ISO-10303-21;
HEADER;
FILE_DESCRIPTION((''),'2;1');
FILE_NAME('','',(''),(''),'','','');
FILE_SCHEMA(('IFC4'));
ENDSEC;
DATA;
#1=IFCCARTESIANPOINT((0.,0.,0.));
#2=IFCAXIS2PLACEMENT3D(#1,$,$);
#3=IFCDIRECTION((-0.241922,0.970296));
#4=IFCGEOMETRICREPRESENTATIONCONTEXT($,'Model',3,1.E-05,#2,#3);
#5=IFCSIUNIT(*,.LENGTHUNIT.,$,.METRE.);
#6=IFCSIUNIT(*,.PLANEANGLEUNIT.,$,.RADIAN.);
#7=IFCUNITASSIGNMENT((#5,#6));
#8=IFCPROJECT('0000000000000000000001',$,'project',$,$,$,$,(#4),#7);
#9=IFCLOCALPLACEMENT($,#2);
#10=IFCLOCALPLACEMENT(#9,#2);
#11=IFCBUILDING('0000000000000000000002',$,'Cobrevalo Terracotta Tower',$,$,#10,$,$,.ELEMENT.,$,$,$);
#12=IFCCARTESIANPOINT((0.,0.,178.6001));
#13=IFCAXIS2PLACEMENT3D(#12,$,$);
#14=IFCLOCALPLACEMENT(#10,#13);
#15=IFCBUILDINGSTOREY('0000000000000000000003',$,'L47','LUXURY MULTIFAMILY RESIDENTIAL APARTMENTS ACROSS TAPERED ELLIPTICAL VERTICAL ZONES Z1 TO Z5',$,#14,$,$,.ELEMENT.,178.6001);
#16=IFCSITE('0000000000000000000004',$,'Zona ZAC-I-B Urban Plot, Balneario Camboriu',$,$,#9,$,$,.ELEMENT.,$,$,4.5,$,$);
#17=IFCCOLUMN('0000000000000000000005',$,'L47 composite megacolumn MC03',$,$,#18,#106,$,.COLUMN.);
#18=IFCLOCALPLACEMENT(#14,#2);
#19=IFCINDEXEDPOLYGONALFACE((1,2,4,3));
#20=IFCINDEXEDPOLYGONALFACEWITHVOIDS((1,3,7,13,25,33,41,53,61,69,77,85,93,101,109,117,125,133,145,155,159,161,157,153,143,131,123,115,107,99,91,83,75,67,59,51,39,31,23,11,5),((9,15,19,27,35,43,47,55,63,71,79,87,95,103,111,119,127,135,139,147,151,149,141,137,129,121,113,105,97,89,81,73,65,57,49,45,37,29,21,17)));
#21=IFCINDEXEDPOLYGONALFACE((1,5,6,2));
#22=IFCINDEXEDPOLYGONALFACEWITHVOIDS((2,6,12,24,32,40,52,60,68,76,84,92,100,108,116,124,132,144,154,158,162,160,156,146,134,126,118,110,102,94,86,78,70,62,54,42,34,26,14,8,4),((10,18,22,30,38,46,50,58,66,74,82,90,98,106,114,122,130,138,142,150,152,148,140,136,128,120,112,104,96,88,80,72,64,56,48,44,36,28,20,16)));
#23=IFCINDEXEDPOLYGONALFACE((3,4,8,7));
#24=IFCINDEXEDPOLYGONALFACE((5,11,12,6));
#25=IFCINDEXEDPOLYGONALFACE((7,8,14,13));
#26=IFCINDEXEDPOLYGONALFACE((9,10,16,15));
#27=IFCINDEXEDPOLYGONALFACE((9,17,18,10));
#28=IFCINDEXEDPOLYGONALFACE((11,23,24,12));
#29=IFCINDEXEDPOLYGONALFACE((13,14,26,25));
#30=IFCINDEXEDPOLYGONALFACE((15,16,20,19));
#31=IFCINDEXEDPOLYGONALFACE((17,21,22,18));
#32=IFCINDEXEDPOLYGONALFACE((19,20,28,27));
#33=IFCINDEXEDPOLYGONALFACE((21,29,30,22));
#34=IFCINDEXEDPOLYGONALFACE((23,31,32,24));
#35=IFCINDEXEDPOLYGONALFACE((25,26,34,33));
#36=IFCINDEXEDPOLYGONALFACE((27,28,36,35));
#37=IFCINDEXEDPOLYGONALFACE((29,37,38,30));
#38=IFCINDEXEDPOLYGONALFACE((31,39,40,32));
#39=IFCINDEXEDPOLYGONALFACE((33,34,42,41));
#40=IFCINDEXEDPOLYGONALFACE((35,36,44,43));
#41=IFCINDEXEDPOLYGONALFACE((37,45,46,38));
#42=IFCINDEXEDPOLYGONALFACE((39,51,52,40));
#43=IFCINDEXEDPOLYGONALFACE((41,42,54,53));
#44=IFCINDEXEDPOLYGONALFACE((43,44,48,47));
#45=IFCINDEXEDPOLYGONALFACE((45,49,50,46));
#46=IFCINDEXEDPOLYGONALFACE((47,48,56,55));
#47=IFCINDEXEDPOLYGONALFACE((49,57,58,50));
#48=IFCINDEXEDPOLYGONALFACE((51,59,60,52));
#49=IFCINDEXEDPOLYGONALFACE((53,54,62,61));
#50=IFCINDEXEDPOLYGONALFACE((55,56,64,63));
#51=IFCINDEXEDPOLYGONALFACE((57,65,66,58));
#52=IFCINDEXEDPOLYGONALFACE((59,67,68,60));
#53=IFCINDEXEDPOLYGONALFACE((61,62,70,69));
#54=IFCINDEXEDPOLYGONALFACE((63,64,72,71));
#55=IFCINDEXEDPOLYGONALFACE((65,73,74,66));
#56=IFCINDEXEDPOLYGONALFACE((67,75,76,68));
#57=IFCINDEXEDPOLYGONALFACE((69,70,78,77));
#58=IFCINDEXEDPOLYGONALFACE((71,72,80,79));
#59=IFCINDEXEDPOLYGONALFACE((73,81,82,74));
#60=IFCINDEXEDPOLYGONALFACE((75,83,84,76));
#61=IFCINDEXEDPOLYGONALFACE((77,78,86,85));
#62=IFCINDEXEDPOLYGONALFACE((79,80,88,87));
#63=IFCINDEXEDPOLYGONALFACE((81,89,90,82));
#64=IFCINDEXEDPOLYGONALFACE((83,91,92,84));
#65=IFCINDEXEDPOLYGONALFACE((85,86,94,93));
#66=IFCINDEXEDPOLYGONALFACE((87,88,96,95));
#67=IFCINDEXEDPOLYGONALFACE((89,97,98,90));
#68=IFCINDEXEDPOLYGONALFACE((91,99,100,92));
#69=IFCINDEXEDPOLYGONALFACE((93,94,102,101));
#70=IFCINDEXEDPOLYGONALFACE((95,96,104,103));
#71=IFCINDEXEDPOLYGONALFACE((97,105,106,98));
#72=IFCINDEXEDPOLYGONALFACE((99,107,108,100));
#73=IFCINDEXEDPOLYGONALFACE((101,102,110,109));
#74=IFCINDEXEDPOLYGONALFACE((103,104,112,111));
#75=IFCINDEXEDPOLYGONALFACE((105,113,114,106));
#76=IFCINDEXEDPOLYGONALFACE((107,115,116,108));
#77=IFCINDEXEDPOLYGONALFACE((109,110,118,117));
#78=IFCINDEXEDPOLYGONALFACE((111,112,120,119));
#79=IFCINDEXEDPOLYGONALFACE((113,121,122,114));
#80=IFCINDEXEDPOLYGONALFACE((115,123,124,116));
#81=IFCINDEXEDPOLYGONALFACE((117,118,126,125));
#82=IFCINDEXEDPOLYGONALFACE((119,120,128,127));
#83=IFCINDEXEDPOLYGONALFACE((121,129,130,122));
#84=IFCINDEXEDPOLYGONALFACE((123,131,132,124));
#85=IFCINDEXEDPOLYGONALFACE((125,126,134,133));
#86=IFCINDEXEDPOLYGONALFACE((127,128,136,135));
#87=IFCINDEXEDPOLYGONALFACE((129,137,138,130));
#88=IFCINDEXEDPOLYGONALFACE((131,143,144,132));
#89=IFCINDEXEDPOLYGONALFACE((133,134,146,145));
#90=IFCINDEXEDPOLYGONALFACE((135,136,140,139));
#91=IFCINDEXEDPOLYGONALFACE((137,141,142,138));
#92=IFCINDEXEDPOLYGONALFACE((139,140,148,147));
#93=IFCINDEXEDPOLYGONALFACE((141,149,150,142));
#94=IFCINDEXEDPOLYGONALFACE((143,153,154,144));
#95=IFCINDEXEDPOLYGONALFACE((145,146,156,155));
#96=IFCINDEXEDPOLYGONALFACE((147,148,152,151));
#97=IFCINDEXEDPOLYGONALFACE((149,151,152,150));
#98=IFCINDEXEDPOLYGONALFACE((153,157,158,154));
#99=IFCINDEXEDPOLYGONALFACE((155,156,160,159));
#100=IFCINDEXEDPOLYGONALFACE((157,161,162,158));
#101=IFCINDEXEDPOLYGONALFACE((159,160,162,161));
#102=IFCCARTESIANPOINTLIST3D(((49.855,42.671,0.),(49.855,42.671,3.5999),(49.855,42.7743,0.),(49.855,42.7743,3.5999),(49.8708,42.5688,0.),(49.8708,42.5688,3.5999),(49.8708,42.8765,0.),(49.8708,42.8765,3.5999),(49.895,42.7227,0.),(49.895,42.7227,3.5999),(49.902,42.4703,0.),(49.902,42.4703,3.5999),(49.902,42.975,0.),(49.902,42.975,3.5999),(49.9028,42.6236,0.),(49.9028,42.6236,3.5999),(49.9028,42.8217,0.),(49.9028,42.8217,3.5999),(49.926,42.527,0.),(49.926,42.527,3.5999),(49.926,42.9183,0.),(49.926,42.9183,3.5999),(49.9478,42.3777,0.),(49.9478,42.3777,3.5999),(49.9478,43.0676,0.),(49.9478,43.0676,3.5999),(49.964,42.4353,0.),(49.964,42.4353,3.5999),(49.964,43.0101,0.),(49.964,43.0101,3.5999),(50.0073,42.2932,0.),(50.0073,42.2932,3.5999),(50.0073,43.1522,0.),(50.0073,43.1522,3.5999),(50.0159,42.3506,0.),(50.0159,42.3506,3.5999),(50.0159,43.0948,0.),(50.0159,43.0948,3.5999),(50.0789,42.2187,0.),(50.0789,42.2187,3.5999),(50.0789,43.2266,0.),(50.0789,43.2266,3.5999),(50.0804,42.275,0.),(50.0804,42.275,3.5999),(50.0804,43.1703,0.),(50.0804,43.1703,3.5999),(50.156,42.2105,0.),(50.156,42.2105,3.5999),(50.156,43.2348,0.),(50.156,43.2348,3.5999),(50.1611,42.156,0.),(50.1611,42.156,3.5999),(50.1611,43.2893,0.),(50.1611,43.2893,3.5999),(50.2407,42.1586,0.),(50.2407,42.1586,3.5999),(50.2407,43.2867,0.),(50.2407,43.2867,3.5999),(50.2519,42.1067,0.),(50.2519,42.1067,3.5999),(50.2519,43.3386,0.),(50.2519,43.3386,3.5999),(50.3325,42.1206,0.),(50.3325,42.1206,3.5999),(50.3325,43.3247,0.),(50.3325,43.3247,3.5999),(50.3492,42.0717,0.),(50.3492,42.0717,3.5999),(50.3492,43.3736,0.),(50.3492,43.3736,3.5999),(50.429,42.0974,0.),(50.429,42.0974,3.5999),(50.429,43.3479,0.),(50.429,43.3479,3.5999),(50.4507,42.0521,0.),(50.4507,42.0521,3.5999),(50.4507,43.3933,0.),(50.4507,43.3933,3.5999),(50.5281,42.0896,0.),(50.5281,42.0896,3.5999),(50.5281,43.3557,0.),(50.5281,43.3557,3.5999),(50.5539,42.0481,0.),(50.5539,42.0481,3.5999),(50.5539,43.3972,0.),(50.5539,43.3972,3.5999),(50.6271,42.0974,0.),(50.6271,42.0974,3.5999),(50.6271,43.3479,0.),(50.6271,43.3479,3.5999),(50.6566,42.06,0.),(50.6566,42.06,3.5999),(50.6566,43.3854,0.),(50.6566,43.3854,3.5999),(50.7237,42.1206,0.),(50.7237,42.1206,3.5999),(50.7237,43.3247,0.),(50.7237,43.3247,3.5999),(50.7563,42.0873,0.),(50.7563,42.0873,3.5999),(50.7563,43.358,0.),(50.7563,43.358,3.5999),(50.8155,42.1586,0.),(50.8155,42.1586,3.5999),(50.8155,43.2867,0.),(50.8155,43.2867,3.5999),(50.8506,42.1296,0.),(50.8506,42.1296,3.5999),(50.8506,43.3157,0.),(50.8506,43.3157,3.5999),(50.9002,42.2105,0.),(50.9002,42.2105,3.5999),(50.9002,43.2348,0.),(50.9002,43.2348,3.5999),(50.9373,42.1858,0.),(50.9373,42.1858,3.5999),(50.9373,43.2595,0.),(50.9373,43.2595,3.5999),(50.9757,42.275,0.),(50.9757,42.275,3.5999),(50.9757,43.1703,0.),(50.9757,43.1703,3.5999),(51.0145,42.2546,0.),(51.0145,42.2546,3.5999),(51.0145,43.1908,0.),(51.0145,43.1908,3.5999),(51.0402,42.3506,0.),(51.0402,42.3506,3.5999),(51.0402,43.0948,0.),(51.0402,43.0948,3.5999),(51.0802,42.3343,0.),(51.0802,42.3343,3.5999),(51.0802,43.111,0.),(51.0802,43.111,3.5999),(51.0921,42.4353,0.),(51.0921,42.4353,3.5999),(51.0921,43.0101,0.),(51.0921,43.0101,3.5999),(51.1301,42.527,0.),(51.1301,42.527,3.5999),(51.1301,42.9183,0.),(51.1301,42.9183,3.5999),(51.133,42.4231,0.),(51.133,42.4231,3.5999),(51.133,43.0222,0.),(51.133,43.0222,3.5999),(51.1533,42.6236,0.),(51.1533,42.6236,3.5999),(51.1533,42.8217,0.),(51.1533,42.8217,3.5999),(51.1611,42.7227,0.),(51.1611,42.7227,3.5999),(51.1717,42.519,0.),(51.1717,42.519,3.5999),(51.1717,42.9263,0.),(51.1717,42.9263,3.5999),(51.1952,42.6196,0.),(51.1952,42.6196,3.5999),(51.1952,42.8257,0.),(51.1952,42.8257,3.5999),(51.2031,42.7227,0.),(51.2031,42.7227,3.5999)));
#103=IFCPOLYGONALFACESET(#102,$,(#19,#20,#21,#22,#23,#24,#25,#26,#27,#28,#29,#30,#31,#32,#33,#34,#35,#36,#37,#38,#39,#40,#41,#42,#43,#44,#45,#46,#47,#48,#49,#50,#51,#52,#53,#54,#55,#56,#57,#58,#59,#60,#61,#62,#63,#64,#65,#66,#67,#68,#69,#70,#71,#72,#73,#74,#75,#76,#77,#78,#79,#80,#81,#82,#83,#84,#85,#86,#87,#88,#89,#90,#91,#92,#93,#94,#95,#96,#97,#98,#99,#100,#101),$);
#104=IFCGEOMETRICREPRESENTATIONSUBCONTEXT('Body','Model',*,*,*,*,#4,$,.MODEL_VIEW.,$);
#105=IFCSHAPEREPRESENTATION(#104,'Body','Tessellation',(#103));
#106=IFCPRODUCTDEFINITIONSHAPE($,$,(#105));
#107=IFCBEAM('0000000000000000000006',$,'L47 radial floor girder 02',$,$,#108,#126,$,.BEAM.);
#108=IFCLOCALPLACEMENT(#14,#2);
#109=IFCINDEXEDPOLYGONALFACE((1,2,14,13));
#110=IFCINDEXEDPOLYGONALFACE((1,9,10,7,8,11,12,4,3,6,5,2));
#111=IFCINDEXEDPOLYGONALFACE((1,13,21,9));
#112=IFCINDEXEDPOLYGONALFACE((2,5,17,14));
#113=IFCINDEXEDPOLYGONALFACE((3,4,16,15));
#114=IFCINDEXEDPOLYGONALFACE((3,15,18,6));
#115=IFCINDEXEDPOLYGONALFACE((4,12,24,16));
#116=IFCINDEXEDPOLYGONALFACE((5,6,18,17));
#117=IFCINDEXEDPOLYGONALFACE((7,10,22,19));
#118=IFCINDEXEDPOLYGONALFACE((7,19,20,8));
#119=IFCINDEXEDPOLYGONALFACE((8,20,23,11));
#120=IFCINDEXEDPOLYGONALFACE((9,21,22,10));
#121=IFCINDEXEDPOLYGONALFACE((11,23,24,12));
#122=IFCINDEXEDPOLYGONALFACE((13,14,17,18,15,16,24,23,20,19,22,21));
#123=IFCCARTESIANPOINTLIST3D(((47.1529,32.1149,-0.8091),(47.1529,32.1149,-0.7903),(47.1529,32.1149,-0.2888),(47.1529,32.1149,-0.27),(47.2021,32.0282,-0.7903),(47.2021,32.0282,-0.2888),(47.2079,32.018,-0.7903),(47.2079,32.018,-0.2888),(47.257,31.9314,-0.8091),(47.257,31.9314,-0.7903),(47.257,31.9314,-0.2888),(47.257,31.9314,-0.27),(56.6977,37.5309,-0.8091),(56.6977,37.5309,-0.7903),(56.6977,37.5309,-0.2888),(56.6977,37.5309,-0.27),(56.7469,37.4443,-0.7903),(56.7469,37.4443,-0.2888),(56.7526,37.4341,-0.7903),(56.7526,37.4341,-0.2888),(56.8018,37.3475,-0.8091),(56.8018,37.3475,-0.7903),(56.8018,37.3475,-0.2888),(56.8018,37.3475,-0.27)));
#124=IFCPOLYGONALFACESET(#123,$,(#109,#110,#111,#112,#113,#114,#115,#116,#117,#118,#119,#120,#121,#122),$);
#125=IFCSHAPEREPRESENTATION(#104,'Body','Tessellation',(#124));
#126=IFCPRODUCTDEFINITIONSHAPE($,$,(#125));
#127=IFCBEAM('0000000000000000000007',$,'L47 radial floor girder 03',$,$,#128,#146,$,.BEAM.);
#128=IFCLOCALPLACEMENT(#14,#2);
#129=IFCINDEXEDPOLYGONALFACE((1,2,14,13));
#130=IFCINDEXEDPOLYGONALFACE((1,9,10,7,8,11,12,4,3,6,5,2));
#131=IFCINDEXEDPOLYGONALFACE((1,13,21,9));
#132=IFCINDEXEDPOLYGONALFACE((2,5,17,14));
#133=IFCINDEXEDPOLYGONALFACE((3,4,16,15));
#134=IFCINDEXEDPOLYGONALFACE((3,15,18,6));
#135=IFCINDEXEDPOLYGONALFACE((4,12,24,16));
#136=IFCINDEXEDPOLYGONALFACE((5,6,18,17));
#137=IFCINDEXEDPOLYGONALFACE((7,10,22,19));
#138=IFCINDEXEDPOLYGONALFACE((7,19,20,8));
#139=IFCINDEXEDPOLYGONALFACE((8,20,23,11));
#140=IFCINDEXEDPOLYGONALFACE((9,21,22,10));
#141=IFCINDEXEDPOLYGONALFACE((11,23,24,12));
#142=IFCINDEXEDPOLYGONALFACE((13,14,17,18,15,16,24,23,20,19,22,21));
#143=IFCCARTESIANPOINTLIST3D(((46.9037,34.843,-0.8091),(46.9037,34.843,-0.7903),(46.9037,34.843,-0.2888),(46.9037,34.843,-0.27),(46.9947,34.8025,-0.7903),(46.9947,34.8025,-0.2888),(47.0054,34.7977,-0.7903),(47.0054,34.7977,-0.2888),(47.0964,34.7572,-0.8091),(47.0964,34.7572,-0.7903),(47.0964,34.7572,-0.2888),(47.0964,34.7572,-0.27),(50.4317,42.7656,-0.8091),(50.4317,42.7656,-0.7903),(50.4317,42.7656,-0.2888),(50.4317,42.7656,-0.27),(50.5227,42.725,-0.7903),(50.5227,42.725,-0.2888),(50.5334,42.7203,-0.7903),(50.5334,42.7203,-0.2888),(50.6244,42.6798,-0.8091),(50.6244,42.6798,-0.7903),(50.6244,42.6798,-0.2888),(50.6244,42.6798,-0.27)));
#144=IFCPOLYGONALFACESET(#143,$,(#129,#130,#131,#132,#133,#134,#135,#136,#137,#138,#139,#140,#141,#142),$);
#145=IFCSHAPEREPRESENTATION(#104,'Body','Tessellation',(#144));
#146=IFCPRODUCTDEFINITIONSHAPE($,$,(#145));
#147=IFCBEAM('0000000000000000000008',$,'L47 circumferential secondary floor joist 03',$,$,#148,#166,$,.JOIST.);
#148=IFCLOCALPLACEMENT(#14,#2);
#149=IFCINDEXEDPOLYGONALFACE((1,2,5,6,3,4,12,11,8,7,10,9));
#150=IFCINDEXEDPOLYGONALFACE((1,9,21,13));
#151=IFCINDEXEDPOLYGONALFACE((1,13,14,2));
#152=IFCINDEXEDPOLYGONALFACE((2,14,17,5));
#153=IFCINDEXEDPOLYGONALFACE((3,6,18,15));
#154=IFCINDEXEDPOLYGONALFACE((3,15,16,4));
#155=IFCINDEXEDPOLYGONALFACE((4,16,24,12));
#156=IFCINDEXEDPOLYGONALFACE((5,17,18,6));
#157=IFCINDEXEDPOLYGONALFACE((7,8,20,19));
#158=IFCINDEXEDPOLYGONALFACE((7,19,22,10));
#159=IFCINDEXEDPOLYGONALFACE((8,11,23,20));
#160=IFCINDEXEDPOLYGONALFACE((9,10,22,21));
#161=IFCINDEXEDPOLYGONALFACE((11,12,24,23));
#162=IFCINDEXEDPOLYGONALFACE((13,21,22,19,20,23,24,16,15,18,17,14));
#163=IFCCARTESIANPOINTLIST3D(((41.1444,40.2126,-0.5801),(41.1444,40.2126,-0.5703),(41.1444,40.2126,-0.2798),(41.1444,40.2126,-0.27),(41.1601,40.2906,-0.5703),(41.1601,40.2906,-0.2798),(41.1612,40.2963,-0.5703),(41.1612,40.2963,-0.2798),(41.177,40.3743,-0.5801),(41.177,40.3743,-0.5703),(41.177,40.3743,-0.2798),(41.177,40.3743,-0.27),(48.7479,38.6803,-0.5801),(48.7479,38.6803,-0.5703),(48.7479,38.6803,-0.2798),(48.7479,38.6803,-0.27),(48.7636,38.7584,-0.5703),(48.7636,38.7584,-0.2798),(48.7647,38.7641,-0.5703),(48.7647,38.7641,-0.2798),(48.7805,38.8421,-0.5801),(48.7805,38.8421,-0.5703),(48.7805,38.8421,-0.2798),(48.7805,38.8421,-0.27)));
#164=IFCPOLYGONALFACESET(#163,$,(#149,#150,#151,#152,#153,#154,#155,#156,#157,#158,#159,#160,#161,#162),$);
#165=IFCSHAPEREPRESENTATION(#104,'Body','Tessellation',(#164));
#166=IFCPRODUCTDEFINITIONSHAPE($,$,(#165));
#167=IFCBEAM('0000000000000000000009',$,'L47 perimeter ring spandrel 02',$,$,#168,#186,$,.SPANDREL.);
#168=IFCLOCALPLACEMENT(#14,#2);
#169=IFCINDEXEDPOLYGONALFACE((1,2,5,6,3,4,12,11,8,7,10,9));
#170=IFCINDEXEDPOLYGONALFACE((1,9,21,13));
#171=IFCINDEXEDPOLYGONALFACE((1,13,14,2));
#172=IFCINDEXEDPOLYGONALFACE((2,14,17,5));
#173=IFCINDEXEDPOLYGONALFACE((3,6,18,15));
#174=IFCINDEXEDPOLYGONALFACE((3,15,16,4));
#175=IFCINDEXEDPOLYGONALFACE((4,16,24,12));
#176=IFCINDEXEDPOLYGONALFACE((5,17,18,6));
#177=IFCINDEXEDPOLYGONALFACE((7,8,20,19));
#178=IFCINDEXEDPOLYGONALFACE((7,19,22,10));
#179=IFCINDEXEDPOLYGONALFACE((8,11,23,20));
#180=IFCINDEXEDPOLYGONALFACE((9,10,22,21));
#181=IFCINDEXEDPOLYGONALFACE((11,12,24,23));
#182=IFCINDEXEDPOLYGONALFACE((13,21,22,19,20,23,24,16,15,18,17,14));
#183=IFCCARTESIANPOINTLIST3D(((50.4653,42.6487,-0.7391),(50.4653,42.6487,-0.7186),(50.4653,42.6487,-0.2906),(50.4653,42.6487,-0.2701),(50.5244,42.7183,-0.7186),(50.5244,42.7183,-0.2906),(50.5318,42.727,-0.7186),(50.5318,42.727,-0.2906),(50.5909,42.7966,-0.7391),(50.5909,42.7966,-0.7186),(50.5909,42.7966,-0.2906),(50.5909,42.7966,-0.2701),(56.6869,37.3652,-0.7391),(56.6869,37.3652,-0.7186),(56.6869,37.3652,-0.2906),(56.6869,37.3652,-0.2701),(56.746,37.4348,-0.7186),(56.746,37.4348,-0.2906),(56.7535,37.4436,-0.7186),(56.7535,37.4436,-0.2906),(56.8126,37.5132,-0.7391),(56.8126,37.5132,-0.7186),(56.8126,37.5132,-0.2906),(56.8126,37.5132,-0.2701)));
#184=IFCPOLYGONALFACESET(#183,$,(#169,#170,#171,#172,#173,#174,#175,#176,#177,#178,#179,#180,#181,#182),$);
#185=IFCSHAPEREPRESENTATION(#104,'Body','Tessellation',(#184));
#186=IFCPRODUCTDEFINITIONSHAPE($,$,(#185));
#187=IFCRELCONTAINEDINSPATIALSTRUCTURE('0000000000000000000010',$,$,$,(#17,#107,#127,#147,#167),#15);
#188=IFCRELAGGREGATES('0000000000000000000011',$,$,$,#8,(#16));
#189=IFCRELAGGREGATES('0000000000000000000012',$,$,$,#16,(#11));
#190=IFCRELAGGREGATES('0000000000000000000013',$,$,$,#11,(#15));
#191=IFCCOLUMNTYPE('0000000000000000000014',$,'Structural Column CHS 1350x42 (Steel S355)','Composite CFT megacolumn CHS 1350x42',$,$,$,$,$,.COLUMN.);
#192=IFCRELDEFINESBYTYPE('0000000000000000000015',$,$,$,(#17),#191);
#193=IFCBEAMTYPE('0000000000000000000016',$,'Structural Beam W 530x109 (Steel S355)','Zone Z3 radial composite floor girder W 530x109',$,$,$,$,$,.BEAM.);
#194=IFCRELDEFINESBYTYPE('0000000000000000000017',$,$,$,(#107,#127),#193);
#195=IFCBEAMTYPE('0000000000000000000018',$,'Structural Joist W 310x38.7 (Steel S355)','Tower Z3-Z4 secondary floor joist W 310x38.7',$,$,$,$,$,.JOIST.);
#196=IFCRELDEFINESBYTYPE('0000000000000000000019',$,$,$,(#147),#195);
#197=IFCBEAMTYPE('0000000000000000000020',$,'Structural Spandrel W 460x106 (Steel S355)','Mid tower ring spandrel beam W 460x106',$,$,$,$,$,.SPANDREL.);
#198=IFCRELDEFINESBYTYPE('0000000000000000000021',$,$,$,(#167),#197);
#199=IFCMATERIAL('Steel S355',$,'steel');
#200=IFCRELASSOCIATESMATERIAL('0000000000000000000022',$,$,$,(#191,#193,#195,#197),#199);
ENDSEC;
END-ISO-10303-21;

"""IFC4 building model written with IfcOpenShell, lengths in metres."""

from ifc_helpers import new_model, si_unit, direction, frame, origin, origin_2d, place, context, subcontext, project, spatial, hollow_circle, i_section, extrude, material, material_profile, profile_set, type_object, element, save


model = new_model("IFC4")

# Units and contexts
model_context = context("Model", 3, precision=1e-05, world=origin(), true_north=direction((-0.241922, 0.970296)))
body_context = subcontext(model_context, "Body", "Model", "MODEL_VIEW")
ifc_project = project(units=[si_unit("LENGTHUNIT", "METRE"), si_unit("PLANEANGLEUNIT", "RADIAN")], contexts=[model_context])

# Site, building, storey
site_placement = place(None, origin())
site = spatial("IfcSite", under=ifc_project, at=site_placement, Name="Zona ZAC-I-B Urban Plot, Balneario Camboriu", CompositionType="ELEMENT", RefElevation=4.5)
building_placement = place(site_placement, origin())
building = spatial("IfcBuilding", under=site, at=building_placement, Name="Cobrevalo Terracotta Tower", CompositionType="ELEMENT")
storey_placement = place(building_placement, frame((0.0, 0.0, 178.6001)))
storey = spatial("IfcBuildingStorey", under=building, at=storey_placement, Name="L47", Description="LUXURY MULTIFAMILY RESIDENTIAL APARTMENTS ACROSS TAPERED ELLIPTICAL VERTICAL ZONES Z1 TO Z5", CompositionType="ELEMENT", Elevation=178.6001)

# Column
ifc_material_1 = material(Name="Steel S355", Category="steel")
ifc_material_profile_1 = material_profile(ifc_material_1, hollow_circle(Radius=0.675, WallThickness=0.042, at=origin_2d()), Name="CHS 1350x42")
ifc_profile_set_1 = profile_set([ifc_material_profile_1], Name="Steel S355")
column_type = type_object("IfcColumnType", Name="Structural Column CHS 1350x42 (Steel S355)", Description="Composite CFT megacolumn CHS 1350x42", PredefinedType="COLUMN", material=ifc_profile_set_1)
column_placement = place(storey_placement, frame((50.5281, 42.7227, 0.0), z_axis=(0.0, 0.0, 1.0), x_axis=(1.0, 0.0, 0.0)))
element("IfcColumn", 1, at=column_placement, inside=storey, type_object=column_type, Name="L47 composite megacolumn MC03", PredefinedType="COLUMN", context=body_context, shape_type="SweptSolid", body=[
    extrude(hollow_circle(Radius=0.675, WallThickness=0.042, at=origin_2d()), origin(), (0.0, 0.0, 1.0), 3.5999),
])

# Beams
ifc_material_profile_2 = material_profile(ifc_material_1, i_section(OverallWidth=0.2109, OverallDepth=0.5391, WebThickness=0.0117, FlangeThickness=0.0188, at=origin_2d()), Name="W 530x109")
ifc_profile_set_2 = profile_set([ifc_material_profile_2], Name="Steel S355")
beam_type_1 = type_object("IfcBeamType", Name="Structural Beam W 530x109 (Steel S355)", Description="Zone Z3 radial composite floor girder W 530x109", PredefinedType="BEAM", material=ifc_profile_set_2)
beam_1_placement = place(storey_placement, frame((56.7498, 37.4392, -0.5396), z_axis=(-0.869734, -0.49352, 0.0), x_axis=(0.49352, -0.869734, 0.0)))
element("IfcBeam", 2, at=beam_1_placement, inside=storey, type_object=beam_type_1, Name="L47 radial floor girder 02", PredefinedType="BEAM", context=body_context, shape_type="SweptSolid", body=[
    extrude(i_section(OverallWidth=0.2109, OverallDepth=0.5391, WebThickness=0.0117, FlangeThickness=0.0188, at=origin_2d()), origin(), (0.0, 0.0, 1.0), 10.9744),
])
beam_2_placement = place(storey_placement, frame((50.5281, 42.7227, -0.5396), z_axis=(-0.406804, -0.913515, 0.0), x_axis=(0.913515, -0.406804, 0.0)))
element("IfcBeam", 3, at=beam_2_placement, inside=storey, type_object=beam_type_1, Name="L47 radial floor girder 03", PredefinedType="BEAM", context=body_context, shape_type="SweptSolid", body=[
    extrude(i_section(OverallWidth=0.2109, OverallDepth=0.5391, WebThickness=0.0117, FlangeThickness=0.0188, at=origin_2d()), origin(), (0.0, 0.0, 1.0), 8.6726),
])
ifc_material_profile_3 = material_profile(ifc_material_1, i_section(OverallWidth=0.165, OverallDepth=0.3101, WebThickness=0.0059, FlangeThickness=0.0098, at=origin_2d()), Name="W 310x38.7")
ifc_profile_set_3 = profile_set([ifc_material_profile_3], Name="Steel S355")
beam_type_2 = type_object("IfcBeamType", Name="Structural Joist W 310x38.7 (Steel S355)", Description="Tower Z3-Z4 secondary floor joist W 310x38.7", PredefinedType="JOIST", material=ifc_profile_set_3)
beam_3_placement = place(storey_placement, frame((48.7642, 38.7612, -0.425), z_axis=(-0.980294, 0.197544, 0.0), x_axis=(-0.197544, -0.980294, 0.0)))
element("IfcBeam", 4, at=beam_3_placement, inside=storey, type_object=beam_type_2, Name="L47 circumferential secondary floor joist 03", PredefinedType="JOIST", context=body_context, shape_type="SweptSolid", body=[
    extrude(i_section(OverallWidth=0.165, OverallDepth=0.3101, WebThickness=0.0059, FlangeThickness=0.0098, at=origin_2d()), origin(), (0.0, 0.0, 1.0), 7.7563),
])
ifc_material_profile_4 = material_profile(ifc_material_1, i_section(OverallWidth=0.1941, OverallDepth=0.469, WebThickness=0.0115, FlangeThickness=0.0205, at=origin_2d()), Name="W 460x106")
ifc_profile_set_4 = profile_set([ifc_material_profile_4], Name="Steel S355")
beam_type_3 = type_object("IfcBeamType", Name="Structural Spandrel W 460x106 (Steel S355)", Description="Mid tower ring spandrel beam W 460x106", PredefinedType="SPANDREL", material=ifc_profile_set_4)
beam_4_placement = place(storey_placement, frame((56.7498, 37.4392, -0.5046), z_axis=(-0.76224, 0.647294, 0.0), x_axis=(-0.647294, -0.76224, 0.0)))
element("IfcBeam", 5, at=beam_4_placement, inside=storey, type_object=beam_type_3, Name="L47 perimeter ring spandrel 02", PredefinedType="SPANDREL", context=body_context, shape_type="SweptSolid", body=[
    extrude(i_section(OverallWidth=0.1941, OverallDepth=0.469, WebThickness=0.0115, FlangeThickness=0.0205, at=origin_2d()), origin(), (0.0, 0.0, 1.0), 8.1624),
])

save(model, "model.ifc")
